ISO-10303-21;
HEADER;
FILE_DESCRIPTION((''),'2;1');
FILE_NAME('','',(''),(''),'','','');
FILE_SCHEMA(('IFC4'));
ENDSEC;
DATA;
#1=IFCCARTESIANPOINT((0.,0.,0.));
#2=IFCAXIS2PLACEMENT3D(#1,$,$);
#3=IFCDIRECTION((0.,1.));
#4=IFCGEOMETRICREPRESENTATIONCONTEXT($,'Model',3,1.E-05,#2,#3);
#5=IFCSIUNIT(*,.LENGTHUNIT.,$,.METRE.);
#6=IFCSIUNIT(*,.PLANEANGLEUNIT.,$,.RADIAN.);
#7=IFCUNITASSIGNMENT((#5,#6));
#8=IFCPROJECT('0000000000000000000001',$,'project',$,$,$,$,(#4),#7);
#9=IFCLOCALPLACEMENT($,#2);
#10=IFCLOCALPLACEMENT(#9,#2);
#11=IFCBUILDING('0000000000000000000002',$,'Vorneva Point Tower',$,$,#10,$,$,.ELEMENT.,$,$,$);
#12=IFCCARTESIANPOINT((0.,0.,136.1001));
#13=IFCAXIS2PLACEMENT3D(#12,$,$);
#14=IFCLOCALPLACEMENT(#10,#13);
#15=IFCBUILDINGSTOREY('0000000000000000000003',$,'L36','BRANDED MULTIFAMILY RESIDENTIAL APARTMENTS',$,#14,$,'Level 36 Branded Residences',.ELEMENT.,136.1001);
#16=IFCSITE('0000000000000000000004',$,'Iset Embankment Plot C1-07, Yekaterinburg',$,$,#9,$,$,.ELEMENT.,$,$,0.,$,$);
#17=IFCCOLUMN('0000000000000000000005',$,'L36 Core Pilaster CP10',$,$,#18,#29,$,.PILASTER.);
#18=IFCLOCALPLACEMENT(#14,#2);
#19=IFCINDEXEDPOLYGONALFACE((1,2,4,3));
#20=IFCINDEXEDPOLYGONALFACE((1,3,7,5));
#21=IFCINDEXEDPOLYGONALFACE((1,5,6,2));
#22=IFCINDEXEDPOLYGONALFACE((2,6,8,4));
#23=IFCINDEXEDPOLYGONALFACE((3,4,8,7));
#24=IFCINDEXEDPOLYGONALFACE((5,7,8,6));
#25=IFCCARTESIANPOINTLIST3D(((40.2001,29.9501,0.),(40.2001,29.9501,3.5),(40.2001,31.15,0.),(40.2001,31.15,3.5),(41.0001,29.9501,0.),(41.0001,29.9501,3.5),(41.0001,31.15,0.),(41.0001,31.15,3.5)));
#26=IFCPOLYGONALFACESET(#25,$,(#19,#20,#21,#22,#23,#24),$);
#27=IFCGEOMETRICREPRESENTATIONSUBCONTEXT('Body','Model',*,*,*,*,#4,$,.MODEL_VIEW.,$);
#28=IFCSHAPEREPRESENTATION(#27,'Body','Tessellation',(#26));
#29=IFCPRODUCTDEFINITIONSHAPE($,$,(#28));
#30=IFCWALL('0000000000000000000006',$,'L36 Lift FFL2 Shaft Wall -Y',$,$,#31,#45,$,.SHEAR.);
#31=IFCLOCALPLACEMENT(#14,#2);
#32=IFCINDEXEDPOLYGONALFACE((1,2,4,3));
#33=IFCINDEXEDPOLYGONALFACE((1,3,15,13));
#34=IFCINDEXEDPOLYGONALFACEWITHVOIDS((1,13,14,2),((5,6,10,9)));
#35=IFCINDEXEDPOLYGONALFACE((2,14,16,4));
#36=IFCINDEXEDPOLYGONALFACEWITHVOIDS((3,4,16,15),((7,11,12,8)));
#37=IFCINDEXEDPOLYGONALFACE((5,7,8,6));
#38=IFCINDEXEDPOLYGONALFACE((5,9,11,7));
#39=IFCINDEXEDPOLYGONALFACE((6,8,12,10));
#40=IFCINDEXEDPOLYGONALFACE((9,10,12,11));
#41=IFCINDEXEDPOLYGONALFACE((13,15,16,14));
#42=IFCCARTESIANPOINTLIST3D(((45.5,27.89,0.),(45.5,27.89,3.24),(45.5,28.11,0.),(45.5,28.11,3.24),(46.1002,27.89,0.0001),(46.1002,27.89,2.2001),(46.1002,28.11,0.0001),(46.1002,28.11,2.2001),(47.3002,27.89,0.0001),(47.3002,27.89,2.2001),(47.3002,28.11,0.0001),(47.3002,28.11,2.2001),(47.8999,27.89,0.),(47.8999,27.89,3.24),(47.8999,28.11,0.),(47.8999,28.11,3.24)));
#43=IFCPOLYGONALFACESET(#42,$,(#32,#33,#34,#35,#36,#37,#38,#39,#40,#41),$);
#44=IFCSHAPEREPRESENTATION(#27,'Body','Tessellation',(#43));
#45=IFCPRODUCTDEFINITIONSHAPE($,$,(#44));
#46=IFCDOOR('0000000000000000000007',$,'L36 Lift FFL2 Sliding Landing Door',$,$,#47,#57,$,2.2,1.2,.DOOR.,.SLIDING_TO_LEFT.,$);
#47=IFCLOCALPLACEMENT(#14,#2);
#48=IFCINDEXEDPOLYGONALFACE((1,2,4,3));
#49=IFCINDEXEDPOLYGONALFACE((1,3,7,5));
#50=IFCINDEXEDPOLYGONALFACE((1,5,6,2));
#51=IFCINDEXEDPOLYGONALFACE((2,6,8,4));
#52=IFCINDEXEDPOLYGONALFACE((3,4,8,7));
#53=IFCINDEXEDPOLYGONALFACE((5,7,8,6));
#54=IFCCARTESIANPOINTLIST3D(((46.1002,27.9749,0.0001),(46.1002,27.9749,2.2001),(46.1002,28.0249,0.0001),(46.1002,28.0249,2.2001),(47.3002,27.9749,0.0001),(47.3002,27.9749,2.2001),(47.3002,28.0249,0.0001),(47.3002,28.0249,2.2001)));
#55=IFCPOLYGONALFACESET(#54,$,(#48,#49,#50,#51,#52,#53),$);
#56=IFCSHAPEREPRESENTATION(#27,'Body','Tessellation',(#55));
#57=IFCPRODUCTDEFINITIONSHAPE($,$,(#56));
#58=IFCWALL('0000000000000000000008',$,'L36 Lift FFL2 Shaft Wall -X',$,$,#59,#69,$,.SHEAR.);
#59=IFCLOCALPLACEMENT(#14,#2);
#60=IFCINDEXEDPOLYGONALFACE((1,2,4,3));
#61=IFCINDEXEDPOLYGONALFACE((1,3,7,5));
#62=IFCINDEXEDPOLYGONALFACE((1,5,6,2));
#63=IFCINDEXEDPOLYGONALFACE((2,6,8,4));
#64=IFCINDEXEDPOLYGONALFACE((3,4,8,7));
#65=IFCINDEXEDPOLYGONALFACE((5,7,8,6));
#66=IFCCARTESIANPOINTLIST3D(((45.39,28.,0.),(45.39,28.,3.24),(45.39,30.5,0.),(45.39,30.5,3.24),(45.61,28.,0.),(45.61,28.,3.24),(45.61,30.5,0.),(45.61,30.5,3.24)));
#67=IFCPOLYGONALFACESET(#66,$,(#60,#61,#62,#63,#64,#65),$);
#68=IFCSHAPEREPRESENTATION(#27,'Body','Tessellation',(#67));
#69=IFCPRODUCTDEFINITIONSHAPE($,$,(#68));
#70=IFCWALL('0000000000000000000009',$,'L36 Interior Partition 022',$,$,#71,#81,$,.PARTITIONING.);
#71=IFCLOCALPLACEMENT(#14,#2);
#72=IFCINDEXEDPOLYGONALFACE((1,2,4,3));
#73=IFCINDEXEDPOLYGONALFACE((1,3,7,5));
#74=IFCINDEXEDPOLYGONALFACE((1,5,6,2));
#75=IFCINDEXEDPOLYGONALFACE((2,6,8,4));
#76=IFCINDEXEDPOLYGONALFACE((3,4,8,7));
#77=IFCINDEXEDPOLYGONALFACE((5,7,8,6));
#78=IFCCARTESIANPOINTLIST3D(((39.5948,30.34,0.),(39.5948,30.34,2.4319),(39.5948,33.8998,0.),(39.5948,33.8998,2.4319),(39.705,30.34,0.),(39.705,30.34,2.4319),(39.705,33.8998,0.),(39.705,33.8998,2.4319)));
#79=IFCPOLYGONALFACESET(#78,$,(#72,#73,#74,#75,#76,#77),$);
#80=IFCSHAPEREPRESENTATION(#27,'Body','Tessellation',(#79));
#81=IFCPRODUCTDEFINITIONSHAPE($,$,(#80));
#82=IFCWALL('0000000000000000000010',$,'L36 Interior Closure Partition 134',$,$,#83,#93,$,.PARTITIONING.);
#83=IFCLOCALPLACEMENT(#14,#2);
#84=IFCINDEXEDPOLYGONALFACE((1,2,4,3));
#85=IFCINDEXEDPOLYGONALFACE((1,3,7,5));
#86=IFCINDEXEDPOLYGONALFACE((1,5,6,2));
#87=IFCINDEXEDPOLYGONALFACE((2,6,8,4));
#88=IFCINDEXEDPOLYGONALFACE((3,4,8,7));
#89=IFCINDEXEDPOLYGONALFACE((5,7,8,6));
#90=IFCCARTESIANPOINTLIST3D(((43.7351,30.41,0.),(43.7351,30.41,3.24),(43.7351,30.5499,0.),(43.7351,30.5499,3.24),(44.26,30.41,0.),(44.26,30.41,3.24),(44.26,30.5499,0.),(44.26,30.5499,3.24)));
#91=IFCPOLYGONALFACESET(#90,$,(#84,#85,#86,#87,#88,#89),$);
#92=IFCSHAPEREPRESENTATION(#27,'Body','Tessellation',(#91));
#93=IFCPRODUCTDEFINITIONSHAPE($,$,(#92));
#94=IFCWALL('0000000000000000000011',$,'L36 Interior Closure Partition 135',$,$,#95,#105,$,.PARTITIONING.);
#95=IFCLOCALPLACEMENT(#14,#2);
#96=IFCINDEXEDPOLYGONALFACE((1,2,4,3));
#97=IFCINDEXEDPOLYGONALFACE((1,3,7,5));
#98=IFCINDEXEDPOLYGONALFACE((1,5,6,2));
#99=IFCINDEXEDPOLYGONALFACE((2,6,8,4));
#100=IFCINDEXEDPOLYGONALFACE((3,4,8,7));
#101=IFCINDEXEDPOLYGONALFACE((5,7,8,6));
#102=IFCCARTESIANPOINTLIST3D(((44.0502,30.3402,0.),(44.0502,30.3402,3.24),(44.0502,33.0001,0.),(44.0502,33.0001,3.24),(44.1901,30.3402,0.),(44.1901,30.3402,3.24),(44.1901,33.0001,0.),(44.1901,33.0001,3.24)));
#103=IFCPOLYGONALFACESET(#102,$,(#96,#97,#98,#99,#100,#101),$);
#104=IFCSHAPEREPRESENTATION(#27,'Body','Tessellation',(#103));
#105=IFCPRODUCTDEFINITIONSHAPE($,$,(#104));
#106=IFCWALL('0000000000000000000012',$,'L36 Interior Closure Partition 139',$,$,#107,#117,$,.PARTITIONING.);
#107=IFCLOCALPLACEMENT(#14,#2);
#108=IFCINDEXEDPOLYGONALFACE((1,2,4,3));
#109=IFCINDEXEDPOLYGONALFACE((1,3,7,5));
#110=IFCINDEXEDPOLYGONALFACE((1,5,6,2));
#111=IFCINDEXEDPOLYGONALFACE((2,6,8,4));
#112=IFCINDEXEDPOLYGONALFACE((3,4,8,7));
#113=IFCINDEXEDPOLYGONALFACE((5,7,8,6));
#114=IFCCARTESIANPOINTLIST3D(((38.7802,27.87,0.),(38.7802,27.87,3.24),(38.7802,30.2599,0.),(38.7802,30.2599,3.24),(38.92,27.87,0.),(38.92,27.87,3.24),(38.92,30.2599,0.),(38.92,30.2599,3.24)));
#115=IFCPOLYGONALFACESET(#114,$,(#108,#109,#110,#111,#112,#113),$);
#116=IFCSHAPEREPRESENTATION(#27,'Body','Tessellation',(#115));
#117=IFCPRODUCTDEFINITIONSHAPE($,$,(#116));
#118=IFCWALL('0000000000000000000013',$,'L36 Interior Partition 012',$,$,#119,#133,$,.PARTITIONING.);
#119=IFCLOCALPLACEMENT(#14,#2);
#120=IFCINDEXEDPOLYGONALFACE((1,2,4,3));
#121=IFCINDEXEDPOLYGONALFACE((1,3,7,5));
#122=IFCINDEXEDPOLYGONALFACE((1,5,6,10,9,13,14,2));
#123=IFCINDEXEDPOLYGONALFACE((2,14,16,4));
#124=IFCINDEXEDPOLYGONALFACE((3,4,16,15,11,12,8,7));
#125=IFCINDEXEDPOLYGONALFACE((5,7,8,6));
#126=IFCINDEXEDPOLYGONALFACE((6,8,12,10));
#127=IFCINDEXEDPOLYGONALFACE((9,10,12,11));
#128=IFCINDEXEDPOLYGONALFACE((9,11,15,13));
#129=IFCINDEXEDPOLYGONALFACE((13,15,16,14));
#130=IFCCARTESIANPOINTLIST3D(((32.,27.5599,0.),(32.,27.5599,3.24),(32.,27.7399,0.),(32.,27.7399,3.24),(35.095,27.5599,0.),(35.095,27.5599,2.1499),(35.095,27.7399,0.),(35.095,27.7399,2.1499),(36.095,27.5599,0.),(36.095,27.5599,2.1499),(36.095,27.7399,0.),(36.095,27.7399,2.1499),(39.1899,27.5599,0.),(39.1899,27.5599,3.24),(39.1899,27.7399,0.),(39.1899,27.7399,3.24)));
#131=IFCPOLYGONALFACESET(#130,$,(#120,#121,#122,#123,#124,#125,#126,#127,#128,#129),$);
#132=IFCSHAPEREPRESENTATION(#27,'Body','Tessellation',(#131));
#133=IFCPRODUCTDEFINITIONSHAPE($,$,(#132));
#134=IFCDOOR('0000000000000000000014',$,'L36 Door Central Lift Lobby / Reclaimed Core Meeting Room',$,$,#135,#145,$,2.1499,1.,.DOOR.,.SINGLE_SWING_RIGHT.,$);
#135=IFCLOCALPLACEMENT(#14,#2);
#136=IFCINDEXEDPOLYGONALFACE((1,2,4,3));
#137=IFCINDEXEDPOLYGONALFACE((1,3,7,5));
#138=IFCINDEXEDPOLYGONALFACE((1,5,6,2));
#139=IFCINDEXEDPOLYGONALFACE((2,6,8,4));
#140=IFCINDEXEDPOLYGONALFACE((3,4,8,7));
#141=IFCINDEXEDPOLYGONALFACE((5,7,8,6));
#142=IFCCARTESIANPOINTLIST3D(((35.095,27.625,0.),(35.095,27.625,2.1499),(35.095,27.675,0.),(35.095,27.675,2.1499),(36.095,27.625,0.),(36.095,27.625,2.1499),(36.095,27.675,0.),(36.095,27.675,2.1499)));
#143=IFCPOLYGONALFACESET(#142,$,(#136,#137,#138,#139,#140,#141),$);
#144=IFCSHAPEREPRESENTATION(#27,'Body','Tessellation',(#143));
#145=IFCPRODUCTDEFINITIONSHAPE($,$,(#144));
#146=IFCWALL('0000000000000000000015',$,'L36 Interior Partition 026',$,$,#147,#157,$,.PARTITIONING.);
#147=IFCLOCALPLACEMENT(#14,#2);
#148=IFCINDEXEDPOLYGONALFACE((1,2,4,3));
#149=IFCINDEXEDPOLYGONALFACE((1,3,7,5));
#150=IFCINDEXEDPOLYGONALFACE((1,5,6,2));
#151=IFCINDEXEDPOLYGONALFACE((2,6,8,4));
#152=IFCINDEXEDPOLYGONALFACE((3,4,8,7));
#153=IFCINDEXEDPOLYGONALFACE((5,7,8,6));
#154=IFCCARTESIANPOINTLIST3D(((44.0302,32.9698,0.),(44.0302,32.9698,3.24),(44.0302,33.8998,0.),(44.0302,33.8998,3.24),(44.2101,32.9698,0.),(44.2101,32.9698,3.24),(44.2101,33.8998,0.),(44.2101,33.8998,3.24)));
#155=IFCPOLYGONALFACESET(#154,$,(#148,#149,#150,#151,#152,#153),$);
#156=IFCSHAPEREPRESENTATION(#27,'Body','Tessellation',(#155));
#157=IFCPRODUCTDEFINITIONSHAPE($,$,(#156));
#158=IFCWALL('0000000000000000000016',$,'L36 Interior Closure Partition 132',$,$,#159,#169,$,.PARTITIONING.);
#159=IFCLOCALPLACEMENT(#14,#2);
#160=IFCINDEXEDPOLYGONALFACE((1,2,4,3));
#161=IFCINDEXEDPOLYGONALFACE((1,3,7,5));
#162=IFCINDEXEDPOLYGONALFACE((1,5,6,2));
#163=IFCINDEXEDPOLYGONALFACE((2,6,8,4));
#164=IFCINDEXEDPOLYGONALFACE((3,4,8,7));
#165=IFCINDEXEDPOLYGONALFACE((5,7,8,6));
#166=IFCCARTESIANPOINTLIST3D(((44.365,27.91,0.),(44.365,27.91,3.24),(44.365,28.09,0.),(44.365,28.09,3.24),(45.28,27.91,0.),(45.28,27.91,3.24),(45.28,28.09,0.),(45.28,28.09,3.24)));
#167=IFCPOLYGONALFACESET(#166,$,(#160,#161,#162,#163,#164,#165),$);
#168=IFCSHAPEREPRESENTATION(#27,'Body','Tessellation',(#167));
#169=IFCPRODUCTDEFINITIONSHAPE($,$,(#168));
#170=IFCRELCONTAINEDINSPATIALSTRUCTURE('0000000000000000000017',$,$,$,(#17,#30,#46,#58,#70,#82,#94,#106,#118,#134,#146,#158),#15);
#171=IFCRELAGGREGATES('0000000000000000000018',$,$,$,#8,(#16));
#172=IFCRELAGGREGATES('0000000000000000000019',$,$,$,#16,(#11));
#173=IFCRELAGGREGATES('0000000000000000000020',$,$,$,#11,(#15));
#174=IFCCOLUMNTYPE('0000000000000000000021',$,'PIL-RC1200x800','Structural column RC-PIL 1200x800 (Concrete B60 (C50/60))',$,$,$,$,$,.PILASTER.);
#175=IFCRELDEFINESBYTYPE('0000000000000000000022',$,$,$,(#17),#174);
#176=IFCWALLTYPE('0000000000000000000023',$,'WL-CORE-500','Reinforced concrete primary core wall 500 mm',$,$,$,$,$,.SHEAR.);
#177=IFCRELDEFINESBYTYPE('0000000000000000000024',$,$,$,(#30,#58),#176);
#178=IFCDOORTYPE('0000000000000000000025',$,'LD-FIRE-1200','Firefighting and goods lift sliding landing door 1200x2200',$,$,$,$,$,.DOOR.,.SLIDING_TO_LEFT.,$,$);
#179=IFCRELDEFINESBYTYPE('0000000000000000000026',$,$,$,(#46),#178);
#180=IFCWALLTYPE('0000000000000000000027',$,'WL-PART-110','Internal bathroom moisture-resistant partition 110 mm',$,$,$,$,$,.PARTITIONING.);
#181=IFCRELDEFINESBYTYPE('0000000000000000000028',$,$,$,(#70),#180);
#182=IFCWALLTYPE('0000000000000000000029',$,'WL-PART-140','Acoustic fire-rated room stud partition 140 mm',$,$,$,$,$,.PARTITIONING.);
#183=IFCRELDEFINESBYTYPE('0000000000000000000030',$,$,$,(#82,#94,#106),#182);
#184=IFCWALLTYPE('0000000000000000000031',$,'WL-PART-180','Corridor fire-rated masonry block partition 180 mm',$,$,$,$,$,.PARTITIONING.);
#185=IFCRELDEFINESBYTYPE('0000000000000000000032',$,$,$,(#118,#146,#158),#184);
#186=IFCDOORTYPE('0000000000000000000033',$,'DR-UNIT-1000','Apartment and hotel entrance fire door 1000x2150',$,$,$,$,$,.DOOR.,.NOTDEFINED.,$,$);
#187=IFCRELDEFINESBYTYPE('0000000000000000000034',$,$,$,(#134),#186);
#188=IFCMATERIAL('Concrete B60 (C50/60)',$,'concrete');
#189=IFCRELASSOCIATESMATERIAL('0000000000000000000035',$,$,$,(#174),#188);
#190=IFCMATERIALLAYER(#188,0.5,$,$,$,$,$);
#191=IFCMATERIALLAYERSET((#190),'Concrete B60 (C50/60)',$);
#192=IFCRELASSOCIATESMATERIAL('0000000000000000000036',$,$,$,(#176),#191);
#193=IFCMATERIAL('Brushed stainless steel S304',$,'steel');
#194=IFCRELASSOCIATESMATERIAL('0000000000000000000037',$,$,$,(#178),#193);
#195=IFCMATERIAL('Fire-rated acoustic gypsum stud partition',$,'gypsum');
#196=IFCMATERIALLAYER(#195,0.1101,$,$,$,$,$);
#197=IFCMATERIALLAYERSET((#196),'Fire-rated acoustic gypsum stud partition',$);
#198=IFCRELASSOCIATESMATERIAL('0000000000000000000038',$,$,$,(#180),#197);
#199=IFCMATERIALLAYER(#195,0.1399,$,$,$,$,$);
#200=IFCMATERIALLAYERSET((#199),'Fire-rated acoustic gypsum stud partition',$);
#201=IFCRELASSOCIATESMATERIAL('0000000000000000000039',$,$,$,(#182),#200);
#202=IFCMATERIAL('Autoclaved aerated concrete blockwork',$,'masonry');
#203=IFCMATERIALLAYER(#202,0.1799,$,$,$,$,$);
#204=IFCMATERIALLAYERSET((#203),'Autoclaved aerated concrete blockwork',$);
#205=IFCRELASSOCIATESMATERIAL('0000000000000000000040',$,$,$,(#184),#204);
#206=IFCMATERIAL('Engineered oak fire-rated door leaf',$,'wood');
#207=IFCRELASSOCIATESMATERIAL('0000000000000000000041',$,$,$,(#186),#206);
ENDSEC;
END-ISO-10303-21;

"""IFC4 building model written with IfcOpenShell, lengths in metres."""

from ifc_helpers import new_model, si_unit, direction, frame, frame_2d, origin, origin_2d, place, context, subcontext, project, spatial, rectangle, extrude, material, layer, layer_set, material_profile, profile_set, type_object, element, fill, save


model = new_model("IFC4")

# Units and contexts
model_context = context("Model", 3, precision=1e-05, world=origin(), true_north=direction((0.0, 1.0)))
body_context = subcontext(model_context, "Body", "Model", "MODEL_VIEW")
ifc_project = project(units=[si_unit("LENGTHUNIT", "METRE"), si_unit("PLANEANGLEUNIT", "RADIAN")], contexts=[model_context])

# Site, building, storey
site_placement = place(None, origin())
site = spatial("IfcSite", under=ifc_project, at=site_placement, Name="Iset Embankment Plot C1-07, Yekaterinburg", CompositionType="ELEMENT", RefElevation=0.0)
building_placement = place(site_placement, origin())
building = spatial("IfcBuilding", under=site, at=building_placement, Name="Vorneva Point Tower", CompositionType="ELEMENT")
storey_placement = place(building_placement, frame((0.0, 0.0, 136.1001)))
storey = spatial("IfcBuildingStorey", under=building, at=storey_placement, Name="L36", Description="BRANDED MULTIFAMILY RESIDENTIAL APARTMENTS", LongName="Level 36 Branded Residences", CompositionType="ELEMENT", Elevation=136.1001)

# Column
ifc_material_1 = material(Name="Concrete B60 (C50/60)", Category="concrete")
ifc_material_profile = material_profile(ifc_material_1, rectangle(XDim=0.8, YDim=1.2, at=origin_2d()), Name="RC-PIL 1200x800")
ifc_profile_set = profile_set([ifc_material_profile], Name="Concrete B60 (C50/60)")
column_type = type_object("IfcColumnType", Name="PIL-RC1200x800", Description="Structural column RC-PIL 1200x800 (Concrete B60 (C50/60))", PredefinedType="PILASTER", material=ifc_profile_set)
column_placement = place(storey_placement, frame((40.6001, 30.55, 0.0), z_axis=(0.0, 0.0, 1.0), x_axis=(1.0, 0.0, 0.0)))
element("IfcColumn", 1, at=column_placement, inside=storey, type_object=column_type, Name="L36 Core Pilaster CP10", PredefinedType="PILASTER", context=body_context, shape_type="SweptSolid", body=[
    extrude(rectangle(XDim=0.8, YDim=1.2, at=origin_2d()), origin(), (0.0, 0.0, 1.0), 3.5),
])

# Wall, opening, door
ifc_layer_1 = layer(ifc_material_1, 0.5)
ifc_layer_set_1 = layer_set([ifc_layer_1], Name="Concrete B60 (C50/60)")
wall_type_1 = type_object("IfcWallType", Name="WL-CORE-500", Description="Reinforced concrete primary core wall 500 mm", PredefinedType="SHEAR", material=ifc_layer_set_1)
wall_1_placement = place(storey_placement, frame((45.5, 28.0, 0.0), z_axis=(0.0, 0.0, 1.0), x_axis=(1.0, 0.0, 0.0)))
wall_1 = element("IfcWall", 2, at=wall_1_placement, inside=storey, type_object=wall_type_1, Name="L36 Lift FFL2 Shaft Wall -Y", PredefinedType="SHEAR", context=body_context, shape_type="SweptSolid", body=[
    extrude(rectangle(XDim=2.3999, YDim=0.22, at=frame_2d((1.2, 0.0))), origin(), (0.0, 0.0, 1.0), 3.24),
])
opening_1_placement = place(wall_1_placement, frame((0.6001, 0.0, 0.0)))
opening_1 = element("IfcOpeningElement", 3, at=opening_1_placement, cuts=wall_1, PredefinedType="OPENING", context=body_context, shape_type="SweptSolid", body=[
    extrude(rectangle(XDim=1.2, YDim=2.2, at=frame_2d((0.6001, 1.1001))), frame((0.0, 0.125, 0.0), z_axis=(0.0, -1.0, 0.0), x_axis=(1.0, 0.0, 0.0)), (0.0, 0.0, 1.0), 0.2498),
])
ifc_material_2 = material(Name="Brushed stainless steel S304", Category="steel")
door_type_1 = type_object("IfcDoorType", Name="LD-FIRE-1200", Description="Firefighting and goods lift sliding landing door 1200x2200", OperationType="SLIDING_TO_LEFT", PredefinedType="DOOR", material=ifc_material_2)
door_1_placement = place(opening_1_placement, origin())
door_1 = element("IfcDoor", 4, at=door_1_placement, inside=storey, type_object=door_type_1, Name="L36 Lift FFL2 Sliding Landing Door", OperationType="SLIDING_TO_LEFT", OverallHeight=2.2, OverallWidth=1.2, PredefinedType="DOOR", context=body_context, shape_type="SweptSolid", body=[
    extrude(rectangle(XDim=1.2, YDim=2.2, at=frame_2d((0.6001, 1.1001))), frame((0.0, 0.0249, 0.0), z_axis=(0.0, -1.0, 0.0), x_axis=(1.0, 0.0, 0.0)), (0.0, 0.0, 1.0), 0.05),
])
fill(opening_1, door_1)

# Walls
wall_2_placement = place(storey_placement, frame((45.5, 30.5, 0.0), z_axis=(0.0, 0.0, 1.0), x_axis=(0.0, -1.0, 0.0)))
element("IfcWall", 5, at=wall_2_placement, inside=storey, type_object=wall_type_1, Name="L36 Lift FFL2 Shaft Wall -X", PredefinedType="SHEAR", context=body_context, shape_type="SweptSolid", body=[
    extrude(rectangle(XDim=2.5, YDim=0.22, at=frame_2d((1.25, 0.0))), origin(), (0.0, 0.0, 1.0), 3.24),
])
ifc_material_3 = material(Name="Fire-rated acoustic gypsum stud partition", Category="gypsum")
ifc_layer_2 = layer(ifc_material_3, 0.1101)
ifc_layer_set_2 = layer_set([ifc_layer_2], Name="Fire-rated acoustic gypsum stud partition")
wall_type_2 = type_object("IfcWallType", Name="WL-PART-110", Description="Internal bathroom moisture-resistant partition 110 mm", PredefinedType="PARTITIONING", material=ifc_layer_set_2)
wall_3_placement = place(storey_placement, frame((39.6499, 30.3401, 0.0), z_axis=(0.0, 0.0, 1.0), x_axis=(0.0, 1.0, 0.0)))
element("IfcWall", 6, at=wall_3_placement, inside=storey, type_object=wall_type_2, Name="L36 Interior Partition 022", PredefinedType="PARTITIONING", context=body_context, shape_type="SweptSolid", body=[
    extrude(rectangle(XDim=3.5598, YDim=0.1101, at=frame_2d((1.7798, 0.0))), origin(), (0.0, 0.0, 1.0), 2.4319),
])
ifc_layer_3 = layer(ifc_material_3, 0.1399)
ifc_layer_set_3 = layer_set([ifc_layer_3], Name="Fire-rated acoustic gypsum stud partition")
wall_type_3 = type_object("IfcWallType", Name="WL-PART-140", Description="Acoustic fire-rated room stud partition 140 mm", PredefinedType="PARTITIONING", material=ifc_layer_set_3)
wall_4_placement = place(storey_placement, frame((43.7351, 30.48, 0.0), z_axis=(0.0, 0.0, 1.0), x_axis=(1.0, 0.0, 0.0)))
element("IfcWall", 7, at=wall_4_placement, inside=storey, type_object=wall_type_3, Name="L36 Interior Closure Partition 134", PredefinedType="PARTITIONING", context=body_context, shape_type="SweptSolid", body=[
    extrude(rectangle(XDim=0.5249, YDim=0.1399, at=frame_2d((0.2625, 0.0))), origin(), (0.0, 0.0, 1.0), 3.24),
])
wall_5_placement = place(storey_placement, frame((44.1201, 30.3401, 0.0), z_axis=(0.0, 0.0, 1.0), x_axis=(0.0, 1.0, 0.0)))
element("IfcWall", 8, at=wall_5_placement, inside=storey, type_object=wall_type_3, Name="L36 Interior Closure Partition 135", PredefinedType="PARTITIONING", context=body_context, shape_type="SweptSolid", body=[
    extrude(rectangle(XDim=2.6599, YDim=0.1399, at=frame_2d((1.3301, 0.0))), origin(), (0.0, 0.0, 1.0), 3.24),
])
wall_6_placement = place(storey_placement, frame((38.8501, 27.8701, 0.0), z_axis=(0.0, 0.0, 1.0), x_axis=(0.0, 1.0, 0.0)))
element("IfcWall", 9, at=wall_6_placement, inside=storey, type_object=wall_type_3, Name="L36 Interior Closure Partition 139", PredefinedType="PARTITIONING", context=body_context, shape_type="SweptSolid", body=[
    extrude(rectangle(XDim=2.3899, YDim=0.1399, at=frame_2d((1.1948, 0.0))), origin(), (0.0, 0.0, 1.0), 3.24),
])

# Wall, opening, door
ifc_material_4 = material(Name="Autoclaved aerated concrete blockwork", Category="masonry")
ifc_layer_4 = layer(ifc_material_4, 0.1799)
ifc_layer_set_4 = layer_set([ifc_layer_4], Name="Autoclaved aerated concrete blockwork")
wall_type_4 = type_object("IfcWallType", Name="WL-PART-180", Description="Corridor fire-rated masonry block partition 180 mm", PredefinedType="PARTITIONING", material=ifc_layer_set_4)
wall_7_placement = place(storey_placement, frame((39.1899, 27.6499, 0.0), z_axis=(0.0, 0.0, 1.0), x_axis=(-1.0, 0.0, 0.0)))
wall_7 = element("IfcWall", 10, at=wall_7_placement, inside=storey, type_object=wall_type_4, Name="L36 Interior Partition 012", PredefinedType="PARTITIONING", context=body_context, shape_type="SweptSolid", body=[
    extrude(rectangle(XDim=7.1899, YDim=0.1799, at=frame_2d((3.595, 0.0))), origin(), (0.0, 0.0, 1.0), 3.24),
])
opening_2_placement = place(wall_7_placement, frame((3.095, 0.0, 0.0)))
opening_2 = element("IfcOpeningElement", 11, at=opening_2_placement, cuts=wall_7, PredefinedType="OPENING", context=body_context, shape_type="SweptSolid", body=[
    extrude(rectangle(XDim=1.0, YDim=2.1499, at=frame_2d((0.5, 1.075))), frame((0.0, 0.105, 0.0), z_axis=(0.0, -1.0, 0.0), x_axis=(1.0, 0.0, 0.0)), (0.0, 0.0, 1.0), 0.2097),
])
ifc_material_5 = material(Name="Engineered oak fire-rated door leaf", Category="wood")
door_type_2 = type_object("IfcDoorType", Name="DR-UNIT-1000", Description="Apartment and hotel entrance fire door 1000x2150", OperationType="NOTDEFINED", PredefinedType="DOOR", material=ifc_material_5)
door_2_placement = place(opening_2_placement, origin())
door_2 = element("IfcDoor", 12, at=door_2_placement, inside=storey, type_object=door_type_2, Name="L36 Door Central Lift Lobby / Reclaimed Core Meeting Room", OperationType="SINGLE_SWING_RIGHT", OverallHeight=2.1499, OverallWidth=1.0, PredefinedType="DOOR", context=body_context, shape_type="SweptSolid", body=[
    extrude(rectangle(XDim=1.0, YDim=2.1499, at=frame_2d((0.5, 1.075))), frame((0.0, 0.0249, 0.0), z_axis=(0.0, -1.0, 0.0), x_axis=(1.0, 0.0, 0.0)), (0.0, 0.0, 1.0), 0.05),
])
fill(opening_2, door_2)

# Walls
wall_8_placement = place(storey_placement, frame((44.1201, 32.97, 0.0), z_axis=(0.0, 0.0, 1.0), x_axis=(0.0, 1.0, 0.0)))
element("IfcWall", 13, at=wall_8_placement, inside=storey, type_object=wall_type_4, Name="L36 Interior Partition 026", PredefinedType="PARTITIONING", context=body_context, shape_type="SweptSolid", body=[
    extrude(rectangle(XDim=0.9299, YDim=0.1799, at=frame_2d((0.4648, 0.0))), origin(), (0.0, 0.0, 1.0), 3.24),
])
wall_9_placement = place(storey_placement, frame((45.28, 28.0, 0.0), z_axis=(0.0, 0.0, 1.0), x_axis=(-1.0, 0.0, 0.0)))
element("IfcWall", 14, at=wall_9_placement, inside=storey, type_object=wall_type_4, Name="L36 Interior Closure Partition 132", PredefinedType="PARTITIONING", context=body_context, shape_type="SweptSolid", body=[
    extrude(rectangle(XDim=0.915, YDim=0.1799, at=frame_2d((0.4575, 0.0))), origin(), (0.0, 0.0, 1.0), 3.24),
])

save(model, "model.ifc")
